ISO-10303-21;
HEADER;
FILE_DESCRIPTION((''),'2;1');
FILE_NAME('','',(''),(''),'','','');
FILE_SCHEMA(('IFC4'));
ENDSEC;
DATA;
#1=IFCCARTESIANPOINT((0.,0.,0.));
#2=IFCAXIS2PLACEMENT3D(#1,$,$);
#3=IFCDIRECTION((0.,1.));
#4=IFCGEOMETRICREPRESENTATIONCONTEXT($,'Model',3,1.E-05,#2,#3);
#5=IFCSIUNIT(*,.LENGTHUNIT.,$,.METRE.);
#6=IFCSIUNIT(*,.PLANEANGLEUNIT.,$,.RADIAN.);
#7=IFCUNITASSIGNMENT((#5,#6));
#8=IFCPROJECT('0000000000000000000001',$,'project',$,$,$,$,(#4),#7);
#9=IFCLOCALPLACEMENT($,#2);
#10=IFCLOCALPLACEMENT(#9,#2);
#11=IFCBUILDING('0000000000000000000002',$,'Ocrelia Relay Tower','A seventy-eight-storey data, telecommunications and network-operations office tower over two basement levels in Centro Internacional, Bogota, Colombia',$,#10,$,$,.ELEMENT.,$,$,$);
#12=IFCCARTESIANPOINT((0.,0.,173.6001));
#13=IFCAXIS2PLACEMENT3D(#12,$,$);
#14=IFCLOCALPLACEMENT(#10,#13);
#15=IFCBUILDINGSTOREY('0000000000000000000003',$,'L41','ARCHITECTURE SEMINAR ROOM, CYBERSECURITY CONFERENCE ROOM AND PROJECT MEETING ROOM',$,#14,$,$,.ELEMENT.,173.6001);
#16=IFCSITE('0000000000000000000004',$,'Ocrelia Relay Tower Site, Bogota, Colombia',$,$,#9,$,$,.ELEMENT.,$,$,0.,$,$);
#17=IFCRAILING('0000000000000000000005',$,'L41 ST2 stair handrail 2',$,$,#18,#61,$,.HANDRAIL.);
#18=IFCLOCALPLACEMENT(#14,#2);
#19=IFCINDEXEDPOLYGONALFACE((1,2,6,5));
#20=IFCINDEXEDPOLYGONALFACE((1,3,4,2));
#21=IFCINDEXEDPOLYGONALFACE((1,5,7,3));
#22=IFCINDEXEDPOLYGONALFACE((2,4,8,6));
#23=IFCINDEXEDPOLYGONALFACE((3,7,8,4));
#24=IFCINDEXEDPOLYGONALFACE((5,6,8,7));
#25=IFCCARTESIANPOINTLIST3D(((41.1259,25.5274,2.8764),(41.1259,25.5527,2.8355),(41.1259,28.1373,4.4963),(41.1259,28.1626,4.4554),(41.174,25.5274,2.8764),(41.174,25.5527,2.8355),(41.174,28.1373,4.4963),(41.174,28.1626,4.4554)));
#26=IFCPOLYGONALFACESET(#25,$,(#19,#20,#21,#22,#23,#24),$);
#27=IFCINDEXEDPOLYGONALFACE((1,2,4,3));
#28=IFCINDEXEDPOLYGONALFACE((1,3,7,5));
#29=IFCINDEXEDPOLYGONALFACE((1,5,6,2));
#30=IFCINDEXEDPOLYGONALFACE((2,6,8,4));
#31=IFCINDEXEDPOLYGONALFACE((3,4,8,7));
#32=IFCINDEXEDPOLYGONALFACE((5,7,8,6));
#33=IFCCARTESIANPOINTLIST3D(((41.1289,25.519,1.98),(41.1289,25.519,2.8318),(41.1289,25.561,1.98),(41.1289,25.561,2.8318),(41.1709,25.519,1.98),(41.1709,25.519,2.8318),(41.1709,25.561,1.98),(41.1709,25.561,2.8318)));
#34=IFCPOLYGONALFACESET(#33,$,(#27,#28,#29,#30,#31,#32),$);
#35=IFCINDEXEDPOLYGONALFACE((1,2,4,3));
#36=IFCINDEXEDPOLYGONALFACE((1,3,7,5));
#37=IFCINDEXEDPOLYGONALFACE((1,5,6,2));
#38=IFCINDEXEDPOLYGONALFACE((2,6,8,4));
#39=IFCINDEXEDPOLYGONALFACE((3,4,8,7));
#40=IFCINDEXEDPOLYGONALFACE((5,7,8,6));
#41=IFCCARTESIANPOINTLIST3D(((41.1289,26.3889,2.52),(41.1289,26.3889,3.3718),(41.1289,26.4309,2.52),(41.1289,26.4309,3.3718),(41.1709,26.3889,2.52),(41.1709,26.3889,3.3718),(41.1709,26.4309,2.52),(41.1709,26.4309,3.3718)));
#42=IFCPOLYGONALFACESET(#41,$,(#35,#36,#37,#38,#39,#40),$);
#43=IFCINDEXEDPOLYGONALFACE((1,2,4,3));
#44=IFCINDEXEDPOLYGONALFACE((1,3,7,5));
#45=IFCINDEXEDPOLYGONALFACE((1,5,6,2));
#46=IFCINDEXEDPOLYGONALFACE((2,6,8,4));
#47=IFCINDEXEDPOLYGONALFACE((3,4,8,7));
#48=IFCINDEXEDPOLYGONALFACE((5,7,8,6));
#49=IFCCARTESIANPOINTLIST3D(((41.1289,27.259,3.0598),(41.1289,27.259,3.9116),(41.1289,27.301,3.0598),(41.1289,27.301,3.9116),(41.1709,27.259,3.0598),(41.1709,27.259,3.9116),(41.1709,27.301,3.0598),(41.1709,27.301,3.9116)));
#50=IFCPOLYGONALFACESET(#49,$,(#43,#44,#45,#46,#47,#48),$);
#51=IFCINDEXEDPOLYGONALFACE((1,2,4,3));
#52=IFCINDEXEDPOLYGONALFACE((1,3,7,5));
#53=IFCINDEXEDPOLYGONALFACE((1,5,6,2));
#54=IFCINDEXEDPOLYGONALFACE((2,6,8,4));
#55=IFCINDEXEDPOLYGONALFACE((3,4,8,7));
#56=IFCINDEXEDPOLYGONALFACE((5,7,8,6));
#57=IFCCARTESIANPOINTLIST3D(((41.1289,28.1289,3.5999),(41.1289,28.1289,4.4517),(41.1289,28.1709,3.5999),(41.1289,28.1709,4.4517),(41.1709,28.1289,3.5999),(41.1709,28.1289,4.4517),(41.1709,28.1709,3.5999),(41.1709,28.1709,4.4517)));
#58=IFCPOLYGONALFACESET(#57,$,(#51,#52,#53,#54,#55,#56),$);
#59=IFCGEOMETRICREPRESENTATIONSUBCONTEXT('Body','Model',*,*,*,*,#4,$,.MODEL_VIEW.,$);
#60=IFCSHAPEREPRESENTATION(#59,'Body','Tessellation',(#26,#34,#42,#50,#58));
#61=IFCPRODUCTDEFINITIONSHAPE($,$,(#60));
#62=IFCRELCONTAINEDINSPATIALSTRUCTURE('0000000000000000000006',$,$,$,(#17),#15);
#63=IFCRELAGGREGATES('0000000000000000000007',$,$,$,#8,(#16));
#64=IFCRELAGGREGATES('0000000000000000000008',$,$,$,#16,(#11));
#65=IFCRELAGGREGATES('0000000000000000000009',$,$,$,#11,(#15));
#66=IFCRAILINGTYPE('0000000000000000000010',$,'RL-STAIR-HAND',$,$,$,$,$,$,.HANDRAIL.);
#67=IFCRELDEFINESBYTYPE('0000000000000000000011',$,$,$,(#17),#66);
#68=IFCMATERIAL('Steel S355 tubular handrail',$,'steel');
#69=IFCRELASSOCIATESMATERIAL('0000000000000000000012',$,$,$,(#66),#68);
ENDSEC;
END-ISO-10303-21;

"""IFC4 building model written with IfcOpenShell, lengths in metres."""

from ifc_helpers import new_model, si_unit, direction, frame, origin, origin_2d, place, context, subcontext, project, spatial, rectangle, extrude, material, type_object, element, save


model = new_model("IFC4")

# Units and contexts
model_context = context("Model", 3, precision=1e-05, world=origin(), true_north=direction((0.0, 1.0)))
body_context = subcontext(model_context, "Body", "Model", "MODEL_VIEW")
ifc_project = project(units=[si_unit("LENGTHUNIT", "METRE"), si_unit("PLANEANGLEUNIT", "RADIAN")], contexts=[model_context])

# Site, building, storey
site_placement = place(None, origin())
site = spatial("IfcSite", under=ifc_project, at=site_placement, Name="Ocrelia Relay Tower Site, Bogota, Colombia", CompositionType="ELEMENT", RefElevation=0.0)
building_placement = place(site_placement, origin())
building = spatial("IfcBuilding", under=site, at=building_placement, Name="Ocrelia Relay Tower", Description="A seventy-eight-storey data, telecommunications and network-operations office tower over two basement levels in Centro Internacional, Bogota, Colombia", CompositionType="ELEMENT")
storey_placement = place(building_placement, frame((0.0, 0.0, 173.6001)))
storey = spatial("IfcBuildingStorey", under=building, at=storey_placement, Name="L41", Description="ARCHITECTURE SEMINAR ROOM, CYBERSECURITY CONFERENCE ROOM AND PROJECT MEETING ROOM", CompositionType="ELEMENT", Elevation=173.6001)

# Railing
ifc_material_1 = material(Name="Steel S355 tubular handrail", Category="steel")
railing_type_1 = type_object("IfcRailingType", Name="RL-STAIR-HAND", PredefinedType="HANDRAIL", material=ifc_material_1)
railing_1_placement = place(storey_placement, frame((41.1499, 25.54, 1.98)))
element("IfcRailing", 1, at=railing_1_placement, inside=storey, type_object=railing_type_1, Name="L41 ST2 stair handrail 2", PredefinedType="HANDRAIL", context=body_context, shape_type="SweptSolid", body=[
    extrude(rectangle(XDim=0.0481, YDim=0.0481, at=origin_2d()), frame((0.0, 0.0, 0.876), z_axis=(0.0, 0.849646, 0.527353), x_axis=(-1.0, 0.0, 0.0)), (0.0, 0.0, 1.0), 3.0718),
    extrude(rectangle(XDim=0.042, YDim=0.042, at=origin_2d()), origin(), (0.0, 0.0, 1.0), 0.8518),
    extrude(rectangle(XDim=0.042, YDim=0.042, at=origin_2d()), frame((0.0, 0.8699, 0.54)), (0.0, 0.0, 1.0), 0.8518),
    extrude(rectangle(XDim=0.042, YDim=0.042, at=origin_2d()), frame((0.0, 1.74, 1.0798)), (0.0, 0.0, 1.0), 0.8518),
    extrude(rectangle(XDim=0.042, YDim=0.042, at=origin_2d()), frame((0.0, 2.6099, 1.6199)), (0.0, 0.0, 1.0), 0.8518),
])

save(model, "model.ifc")
